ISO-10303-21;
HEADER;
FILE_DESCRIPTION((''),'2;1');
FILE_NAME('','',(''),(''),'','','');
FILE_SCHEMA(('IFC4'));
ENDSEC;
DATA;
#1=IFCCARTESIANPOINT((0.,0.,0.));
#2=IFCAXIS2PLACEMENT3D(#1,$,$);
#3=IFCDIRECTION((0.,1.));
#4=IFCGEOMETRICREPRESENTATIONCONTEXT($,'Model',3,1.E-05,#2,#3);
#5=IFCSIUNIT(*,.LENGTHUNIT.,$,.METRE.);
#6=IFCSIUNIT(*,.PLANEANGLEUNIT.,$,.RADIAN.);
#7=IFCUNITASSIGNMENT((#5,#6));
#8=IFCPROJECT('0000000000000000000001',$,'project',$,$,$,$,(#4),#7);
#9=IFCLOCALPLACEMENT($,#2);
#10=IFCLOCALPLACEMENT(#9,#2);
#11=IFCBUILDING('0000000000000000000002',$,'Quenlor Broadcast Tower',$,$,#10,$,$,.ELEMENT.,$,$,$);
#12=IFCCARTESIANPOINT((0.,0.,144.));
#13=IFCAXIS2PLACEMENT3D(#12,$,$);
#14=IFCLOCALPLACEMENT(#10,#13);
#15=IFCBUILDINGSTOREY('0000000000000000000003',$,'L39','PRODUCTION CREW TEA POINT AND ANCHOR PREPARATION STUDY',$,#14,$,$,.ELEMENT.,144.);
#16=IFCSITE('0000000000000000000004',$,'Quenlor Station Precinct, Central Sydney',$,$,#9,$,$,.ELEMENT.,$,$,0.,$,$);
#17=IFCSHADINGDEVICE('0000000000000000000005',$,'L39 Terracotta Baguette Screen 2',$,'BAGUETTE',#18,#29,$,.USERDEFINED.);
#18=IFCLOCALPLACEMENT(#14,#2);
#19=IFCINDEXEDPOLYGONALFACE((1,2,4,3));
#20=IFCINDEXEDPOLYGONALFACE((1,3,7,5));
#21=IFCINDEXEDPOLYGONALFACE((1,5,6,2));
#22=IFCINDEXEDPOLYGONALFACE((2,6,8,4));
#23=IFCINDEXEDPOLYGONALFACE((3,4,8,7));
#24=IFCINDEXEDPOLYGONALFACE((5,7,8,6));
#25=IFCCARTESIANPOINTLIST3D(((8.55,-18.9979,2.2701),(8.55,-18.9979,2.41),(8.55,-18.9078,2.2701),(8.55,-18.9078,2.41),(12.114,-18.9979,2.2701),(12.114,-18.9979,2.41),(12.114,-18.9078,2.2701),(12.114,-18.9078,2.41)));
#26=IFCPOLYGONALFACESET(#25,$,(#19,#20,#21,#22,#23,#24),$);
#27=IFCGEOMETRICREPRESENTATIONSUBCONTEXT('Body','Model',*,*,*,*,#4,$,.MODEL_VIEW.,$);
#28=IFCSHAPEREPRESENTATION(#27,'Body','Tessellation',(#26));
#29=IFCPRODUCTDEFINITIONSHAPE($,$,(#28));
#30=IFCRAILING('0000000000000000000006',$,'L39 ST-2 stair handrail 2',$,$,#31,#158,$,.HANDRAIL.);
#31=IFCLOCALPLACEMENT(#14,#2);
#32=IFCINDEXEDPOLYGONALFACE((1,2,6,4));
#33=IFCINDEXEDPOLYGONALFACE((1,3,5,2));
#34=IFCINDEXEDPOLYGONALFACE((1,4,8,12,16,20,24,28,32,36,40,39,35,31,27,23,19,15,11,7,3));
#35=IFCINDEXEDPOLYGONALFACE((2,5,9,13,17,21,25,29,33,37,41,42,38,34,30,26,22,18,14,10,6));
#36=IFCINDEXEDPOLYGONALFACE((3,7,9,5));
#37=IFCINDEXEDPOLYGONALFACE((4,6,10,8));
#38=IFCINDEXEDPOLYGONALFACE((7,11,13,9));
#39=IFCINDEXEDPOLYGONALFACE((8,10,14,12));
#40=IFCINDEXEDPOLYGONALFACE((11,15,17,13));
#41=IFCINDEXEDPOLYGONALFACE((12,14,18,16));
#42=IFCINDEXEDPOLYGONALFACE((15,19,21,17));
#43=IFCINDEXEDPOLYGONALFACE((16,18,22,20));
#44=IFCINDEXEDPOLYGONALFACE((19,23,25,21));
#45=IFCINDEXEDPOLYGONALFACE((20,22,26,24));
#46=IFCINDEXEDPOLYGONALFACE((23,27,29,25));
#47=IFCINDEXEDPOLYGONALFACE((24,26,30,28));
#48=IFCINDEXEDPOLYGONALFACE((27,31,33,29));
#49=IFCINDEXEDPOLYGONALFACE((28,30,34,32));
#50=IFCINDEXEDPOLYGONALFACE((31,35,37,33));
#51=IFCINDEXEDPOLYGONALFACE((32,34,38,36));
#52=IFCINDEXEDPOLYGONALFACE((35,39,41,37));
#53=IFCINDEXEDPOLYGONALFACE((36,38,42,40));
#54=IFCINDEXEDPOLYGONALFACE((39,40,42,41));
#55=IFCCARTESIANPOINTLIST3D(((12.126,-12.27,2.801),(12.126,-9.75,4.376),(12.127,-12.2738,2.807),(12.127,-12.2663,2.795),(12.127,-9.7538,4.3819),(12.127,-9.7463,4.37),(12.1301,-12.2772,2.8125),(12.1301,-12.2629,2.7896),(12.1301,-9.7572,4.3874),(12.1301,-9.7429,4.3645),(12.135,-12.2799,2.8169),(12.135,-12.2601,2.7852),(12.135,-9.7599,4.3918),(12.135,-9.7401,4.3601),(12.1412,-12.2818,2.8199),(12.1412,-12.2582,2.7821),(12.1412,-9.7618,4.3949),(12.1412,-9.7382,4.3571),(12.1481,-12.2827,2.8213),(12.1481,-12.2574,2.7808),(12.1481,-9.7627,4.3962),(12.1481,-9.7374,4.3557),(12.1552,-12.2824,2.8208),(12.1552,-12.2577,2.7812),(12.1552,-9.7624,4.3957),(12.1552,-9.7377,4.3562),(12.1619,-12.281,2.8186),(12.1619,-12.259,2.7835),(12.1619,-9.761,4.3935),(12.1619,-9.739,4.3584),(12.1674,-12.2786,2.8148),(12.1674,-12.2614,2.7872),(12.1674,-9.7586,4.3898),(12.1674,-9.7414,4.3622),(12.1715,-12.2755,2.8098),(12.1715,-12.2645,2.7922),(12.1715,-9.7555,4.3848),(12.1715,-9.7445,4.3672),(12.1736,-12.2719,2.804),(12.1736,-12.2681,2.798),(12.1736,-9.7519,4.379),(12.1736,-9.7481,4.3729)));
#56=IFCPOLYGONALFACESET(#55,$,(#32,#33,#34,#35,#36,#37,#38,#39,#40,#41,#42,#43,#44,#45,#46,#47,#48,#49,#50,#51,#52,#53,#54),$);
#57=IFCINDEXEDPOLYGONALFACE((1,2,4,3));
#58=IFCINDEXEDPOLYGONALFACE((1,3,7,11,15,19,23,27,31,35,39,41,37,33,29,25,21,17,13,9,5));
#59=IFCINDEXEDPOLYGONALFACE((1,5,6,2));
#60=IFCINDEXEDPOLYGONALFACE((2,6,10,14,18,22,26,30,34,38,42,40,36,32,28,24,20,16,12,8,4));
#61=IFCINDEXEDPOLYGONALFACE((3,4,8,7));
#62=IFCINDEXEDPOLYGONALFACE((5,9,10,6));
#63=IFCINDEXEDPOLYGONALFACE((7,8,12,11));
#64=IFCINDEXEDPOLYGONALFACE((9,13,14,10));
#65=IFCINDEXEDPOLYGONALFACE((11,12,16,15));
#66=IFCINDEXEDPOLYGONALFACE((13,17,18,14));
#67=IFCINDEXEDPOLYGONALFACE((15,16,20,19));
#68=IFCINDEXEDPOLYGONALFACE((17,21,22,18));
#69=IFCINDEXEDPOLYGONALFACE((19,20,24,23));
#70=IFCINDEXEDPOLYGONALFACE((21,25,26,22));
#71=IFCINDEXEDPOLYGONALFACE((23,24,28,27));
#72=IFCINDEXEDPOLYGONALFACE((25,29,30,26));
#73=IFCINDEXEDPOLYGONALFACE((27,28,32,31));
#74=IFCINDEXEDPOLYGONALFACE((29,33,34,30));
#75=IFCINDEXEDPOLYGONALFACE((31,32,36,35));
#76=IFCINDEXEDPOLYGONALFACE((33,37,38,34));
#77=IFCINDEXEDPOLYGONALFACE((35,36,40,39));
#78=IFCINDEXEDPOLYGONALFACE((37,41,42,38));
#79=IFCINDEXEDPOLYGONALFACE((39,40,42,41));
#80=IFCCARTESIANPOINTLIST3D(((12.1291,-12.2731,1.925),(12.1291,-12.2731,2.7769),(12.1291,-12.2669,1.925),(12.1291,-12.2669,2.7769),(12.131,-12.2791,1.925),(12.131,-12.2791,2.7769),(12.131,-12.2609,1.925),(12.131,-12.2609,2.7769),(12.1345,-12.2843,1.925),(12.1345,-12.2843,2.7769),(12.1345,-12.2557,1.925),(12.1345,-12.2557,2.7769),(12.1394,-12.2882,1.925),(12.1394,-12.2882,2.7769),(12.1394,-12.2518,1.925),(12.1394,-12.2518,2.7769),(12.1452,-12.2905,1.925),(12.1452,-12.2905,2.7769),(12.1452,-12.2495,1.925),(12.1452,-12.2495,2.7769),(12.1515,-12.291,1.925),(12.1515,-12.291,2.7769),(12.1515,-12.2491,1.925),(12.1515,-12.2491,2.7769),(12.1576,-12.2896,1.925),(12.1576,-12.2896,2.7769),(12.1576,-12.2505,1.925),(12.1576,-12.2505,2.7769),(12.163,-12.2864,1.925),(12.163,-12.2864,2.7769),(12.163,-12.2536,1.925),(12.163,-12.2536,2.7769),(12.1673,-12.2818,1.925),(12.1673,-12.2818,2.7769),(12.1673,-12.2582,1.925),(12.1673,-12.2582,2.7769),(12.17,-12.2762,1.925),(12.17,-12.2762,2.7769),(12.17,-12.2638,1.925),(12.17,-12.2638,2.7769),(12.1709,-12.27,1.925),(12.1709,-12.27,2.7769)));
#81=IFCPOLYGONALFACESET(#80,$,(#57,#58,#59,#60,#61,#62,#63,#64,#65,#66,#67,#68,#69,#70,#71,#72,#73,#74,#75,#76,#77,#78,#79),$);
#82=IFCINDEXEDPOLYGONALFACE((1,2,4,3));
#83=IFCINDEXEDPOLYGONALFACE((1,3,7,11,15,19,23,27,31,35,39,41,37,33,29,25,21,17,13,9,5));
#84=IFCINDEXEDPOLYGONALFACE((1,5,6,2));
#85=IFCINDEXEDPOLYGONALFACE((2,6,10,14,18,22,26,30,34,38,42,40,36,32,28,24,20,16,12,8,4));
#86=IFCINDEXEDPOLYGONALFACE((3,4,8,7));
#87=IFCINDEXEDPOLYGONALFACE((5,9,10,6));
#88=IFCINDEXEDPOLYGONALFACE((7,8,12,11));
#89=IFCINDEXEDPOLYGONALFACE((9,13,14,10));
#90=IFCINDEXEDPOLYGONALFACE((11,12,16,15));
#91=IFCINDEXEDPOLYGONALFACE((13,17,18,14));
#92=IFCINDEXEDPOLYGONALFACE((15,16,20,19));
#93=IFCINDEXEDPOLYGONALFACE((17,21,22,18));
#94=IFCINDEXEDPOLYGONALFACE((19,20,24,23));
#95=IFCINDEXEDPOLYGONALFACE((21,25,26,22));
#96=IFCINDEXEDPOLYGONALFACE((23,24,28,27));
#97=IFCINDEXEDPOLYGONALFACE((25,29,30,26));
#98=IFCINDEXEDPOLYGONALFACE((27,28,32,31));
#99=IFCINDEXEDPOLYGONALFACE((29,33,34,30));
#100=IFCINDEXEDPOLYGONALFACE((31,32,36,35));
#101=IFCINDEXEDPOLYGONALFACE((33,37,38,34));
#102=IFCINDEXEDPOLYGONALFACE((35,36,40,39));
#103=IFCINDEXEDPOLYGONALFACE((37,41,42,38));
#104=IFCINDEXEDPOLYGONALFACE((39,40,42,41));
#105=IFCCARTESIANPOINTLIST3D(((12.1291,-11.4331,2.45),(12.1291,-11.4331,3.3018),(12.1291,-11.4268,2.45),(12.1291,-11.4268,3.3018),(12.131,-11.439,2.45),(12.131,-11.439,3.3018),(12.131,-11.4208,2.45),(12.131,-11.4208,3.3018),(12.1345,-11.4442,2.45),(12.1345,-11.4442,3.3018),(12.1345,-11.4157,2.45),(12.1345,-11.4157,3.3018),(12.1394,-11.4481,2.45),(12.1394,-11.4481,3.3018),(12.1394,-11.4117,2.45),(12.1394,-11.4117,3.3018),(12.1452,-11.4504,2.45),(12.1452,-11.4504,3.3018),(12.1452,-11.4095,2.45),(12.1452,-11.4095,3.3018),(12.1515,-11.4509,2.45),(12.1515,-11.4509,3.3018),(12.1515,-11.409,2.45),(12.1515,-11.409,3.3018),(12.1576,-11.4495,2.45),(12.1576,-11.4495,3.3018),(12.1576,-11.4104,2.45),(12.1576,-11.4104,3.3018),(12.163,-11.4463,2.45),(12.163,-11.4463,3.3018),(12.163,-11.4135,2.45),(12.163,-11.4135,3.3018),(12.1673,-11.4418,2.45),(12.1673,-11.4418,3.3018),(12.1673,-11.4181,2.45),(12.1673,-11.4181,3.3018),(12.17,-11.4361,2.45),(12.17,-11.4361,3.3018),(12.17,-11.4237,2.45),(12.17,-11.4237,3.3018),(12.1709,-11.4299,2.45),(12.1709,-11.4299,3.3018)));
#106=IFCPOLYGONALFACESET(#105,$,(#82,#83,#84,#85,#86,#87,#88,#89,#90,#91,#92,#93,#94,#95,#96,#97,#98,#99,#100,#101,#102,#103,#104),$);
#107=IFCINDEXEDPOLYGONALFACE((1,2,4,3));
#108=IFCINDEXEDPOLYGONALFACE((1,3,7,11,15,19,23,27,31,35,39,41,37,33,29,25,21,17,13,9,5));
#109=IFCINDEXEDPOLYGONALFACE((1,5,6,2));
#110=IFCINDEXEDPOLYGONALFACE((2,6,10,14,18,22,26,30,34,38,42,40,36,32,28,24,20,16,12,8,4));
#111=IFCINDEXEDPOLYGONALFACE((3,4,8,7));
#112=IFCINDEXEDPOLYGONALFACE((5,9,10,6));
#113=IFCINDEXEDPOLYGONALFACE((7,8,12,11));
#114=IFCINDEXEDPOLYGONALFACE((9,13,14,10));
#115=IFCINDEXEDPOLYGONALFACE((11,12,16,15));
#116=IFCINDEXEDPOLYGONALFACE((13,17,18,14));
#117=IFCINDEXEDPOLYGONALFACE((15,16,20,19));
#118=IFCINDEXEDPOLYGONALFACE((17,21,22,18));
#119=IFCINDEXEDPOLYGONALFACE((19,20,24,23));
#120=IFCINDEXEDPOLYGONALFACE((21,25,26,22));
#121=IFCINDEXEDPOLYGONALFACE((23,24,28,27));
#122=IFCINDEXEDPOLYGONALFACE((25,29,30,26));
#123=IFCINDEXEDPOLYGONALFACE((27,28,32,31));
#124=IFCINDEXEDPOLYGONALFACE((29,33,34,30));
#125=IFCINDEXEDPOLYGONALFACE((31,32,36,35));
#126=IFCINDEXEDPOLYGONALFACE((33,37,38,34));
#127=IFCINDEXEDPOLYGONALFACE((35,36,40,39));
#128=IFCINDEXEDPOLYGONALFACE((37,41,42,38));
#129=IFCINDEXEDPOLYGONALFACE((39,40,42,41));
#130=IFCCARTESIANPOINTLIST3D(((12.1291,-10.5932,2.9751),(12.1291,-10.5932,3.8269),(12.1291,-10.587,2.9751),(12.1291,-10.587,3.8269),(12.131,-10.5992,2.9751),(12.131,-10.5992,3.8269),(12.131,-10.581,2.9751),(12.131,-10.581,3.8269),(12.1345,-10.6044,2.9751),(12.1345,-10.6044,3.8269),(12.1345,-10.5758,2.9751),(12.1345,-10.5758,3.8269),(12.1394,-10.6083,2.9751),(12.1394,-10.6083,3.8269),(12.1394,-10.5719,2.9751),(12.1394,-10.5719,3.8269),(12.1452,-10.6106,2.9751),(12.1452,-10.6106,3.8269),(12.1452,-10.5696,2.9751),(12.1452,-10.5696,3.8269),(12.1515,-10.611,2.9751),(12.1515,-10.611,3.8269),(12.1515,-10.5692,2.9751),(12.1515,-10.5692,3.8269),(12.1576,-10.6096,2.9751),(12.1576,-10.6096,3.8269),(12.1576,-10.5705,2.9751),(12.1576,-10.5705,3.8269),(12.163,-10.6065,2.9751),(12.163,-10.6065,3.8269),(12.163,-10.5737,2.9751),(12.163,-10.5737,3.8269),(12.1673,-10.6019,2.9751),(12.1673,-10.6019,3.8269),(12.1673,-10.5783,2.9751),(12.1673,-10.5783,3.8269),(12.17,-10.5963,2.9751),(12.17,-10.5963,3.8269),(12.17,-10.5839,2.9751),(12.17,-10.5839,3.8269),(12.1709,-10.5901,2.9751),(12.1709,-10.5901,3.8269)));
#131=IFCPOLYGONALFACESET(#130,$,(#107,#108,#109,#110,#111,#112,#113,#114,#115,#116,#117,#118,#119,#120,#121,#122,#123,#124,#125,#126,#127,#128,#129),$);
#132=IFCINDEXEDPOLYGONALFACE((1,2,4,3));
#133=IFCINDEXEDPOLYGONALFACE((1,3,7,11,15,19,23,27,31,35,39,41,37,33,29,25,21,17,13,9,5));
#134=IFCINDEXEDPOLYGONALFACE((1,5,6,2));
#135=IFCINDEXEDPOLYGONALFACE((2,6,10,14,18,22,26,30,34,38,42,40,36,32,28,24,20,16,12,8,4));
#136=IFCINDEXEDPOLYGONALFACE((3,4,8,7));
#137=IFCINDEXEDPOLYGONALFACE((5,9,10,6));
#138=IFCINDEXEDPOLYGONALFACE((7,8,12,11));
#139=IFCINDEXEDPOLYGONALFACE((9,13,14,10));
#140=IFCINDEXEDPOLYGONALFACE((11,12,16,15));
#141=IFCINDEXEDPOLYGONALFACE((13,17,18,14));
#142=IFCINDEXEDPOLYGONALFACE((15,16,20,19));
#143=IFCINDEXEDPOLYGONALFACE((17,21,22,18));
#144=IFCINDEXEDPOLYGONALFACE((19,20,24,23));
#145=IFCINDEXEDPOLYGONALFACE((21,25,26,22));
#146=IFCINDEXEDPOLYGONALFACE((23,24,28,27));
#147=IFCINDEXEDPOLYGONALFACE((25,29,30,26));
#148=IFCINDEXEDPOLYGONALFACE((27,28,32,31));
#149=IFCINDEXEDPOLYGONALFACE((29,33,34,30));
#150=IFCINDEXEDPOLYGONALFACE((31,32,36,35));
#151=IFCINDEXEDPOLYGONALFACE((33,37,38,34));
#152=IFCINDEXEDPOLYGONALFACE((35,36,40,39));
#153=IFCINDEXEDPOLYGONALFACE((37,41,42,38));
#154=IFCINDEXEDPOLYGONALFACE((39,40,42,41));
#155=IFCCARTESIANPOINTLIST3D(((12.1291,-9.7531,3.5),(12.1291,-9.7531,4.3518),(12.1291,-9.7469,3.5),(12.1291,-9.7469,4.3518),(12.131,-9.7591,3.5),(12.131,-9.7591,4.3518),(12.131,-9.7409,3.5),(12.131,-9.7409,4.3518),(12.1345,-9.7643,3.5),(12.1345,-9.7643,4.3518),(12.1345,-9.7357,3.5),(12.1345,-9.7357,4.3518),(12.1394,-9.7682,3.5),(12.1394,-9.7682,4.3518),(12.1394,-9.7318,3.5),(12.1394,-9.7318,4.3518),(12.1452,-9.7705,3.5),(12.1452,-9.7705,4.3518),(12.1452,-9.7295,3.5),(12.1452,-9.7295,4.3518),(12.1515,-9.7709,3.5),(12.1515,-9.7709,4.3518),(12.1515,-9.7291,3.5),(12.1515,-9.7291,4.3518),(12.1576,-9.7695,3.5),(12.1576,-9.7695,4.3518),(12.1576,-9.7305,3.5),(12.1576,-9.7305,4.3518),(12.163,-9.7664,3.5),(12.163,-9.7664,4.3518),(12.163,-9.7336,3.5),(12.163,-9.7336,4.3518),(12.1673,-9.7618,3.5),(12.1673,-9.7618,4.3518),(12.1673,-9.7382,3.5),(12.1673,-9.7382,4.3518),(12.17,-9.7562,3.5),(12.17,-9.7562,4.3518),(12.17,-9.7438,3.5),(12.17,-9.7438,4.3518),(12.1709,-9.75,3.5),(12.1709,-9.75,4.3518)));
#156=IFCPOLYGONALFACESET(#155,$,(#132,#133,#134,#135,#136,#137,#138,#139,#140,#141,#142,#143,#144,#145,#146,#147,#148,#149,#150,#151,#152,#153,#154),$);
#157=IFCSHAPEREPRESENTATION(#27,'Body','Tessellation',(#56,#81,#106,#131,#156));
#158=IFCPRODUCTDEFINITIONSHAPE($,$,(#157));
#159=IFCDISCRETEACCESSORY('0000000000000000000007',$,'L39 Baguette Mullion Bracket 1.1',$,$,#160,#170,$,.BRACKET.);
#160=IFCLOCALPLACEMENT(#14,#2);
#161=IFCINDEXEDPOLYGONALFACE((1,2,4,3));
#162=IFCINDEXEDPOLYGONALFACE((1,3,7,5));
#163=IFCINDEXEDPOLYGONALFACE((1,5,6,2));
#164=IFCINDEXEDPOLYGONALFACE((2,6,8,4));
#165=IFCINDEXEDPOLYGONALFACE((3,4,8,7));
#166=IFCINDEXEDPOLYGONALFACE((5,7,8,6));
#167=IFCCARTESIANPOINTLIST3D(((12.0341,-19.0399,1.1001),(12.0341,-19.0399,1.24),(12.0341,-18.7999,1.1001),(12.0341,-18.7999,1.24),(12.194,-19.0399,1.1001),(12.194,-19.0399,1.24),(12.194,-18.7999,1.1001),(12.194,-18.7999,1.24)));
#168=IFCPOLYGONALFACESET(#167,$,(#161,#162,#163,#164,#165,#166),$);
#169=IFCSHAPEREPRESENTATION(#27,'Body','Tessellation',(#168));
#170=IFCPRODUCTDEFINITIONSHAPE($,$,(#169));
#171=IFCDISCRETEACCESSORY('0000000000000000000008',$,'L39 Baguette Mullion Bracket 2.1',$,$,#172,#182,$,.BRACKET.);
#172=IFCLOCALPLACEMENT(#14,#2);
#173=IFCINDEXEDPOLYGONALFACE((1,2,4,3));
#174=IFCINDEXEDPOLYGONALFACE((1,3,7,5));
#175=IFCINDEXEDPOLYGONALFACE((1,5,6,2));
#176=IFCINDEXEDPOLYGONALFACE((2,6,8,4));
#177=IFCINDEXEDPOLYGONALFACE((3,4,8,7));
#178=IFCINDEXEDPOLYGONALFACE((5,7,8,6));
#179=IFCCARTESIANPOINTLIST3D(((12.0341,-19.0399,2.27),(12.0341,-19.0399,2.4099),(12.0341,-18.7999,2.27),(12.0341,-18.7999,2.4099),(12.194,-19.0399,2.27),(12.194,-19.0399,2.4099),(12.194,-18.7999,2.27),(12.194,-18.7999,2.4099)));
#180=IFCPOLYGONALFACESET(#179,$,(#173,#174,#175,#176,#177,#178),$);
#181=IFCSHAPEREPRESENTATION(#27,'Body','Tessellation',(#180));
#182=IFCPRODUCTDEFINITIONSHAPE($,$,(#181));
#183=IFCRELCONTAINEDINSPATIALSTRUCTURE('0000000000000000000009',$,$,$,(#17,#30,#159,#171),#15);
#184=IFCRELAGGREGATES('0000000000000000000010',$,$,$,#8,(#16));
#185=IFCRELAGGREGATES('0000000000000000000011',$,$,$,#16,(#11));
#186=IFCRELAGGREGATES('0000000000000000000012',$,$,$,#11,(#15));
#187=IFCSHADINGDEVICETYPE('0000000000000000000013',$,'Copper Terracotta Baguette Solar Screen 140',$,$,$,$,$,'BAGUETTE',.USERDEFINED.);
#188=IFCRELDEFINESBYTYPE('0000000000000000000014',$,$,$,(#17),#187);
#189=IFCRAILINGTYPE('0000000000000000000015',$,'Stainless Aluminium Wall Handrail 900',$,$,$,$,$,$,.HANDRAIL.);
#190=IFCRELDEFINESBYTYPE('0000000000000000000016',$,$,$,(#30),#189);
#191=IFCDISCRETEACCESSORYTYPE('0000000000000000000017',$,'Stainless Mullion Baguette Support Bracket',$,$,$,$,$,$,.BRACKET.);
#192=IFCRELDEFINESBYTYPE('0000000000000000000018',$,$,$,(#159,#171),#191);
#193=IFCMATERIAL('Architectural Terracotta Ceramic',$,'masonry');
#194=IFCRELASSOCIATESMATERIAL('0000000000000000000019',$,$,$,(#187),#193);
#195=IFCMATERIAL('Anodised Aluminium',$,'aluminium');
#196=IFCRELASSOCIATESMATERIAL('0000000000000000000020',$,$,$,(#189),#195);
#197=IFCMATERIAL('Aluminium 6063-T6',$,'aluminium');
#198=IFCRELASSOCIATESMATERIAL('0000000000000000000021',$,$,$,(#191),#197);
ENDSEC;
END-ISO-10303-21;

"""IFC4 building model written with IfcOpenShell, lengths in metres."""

from ifc_helpers import new_model, si_unit, direction, frame, origin, origin_2d, place, context, subcontext, project, spatial, rectangle, circle, extrude, material, material_profile, profile_set, type_object, element, save


model = new_model("IFC4")

# Units and contexts
model_context = context("Model", 3, precision=1e-05, world=origin(), true_north=direction((0.0, 1.0)))
body_context = subcontext(model_context, "Body", "Model", "MODEL_VIEW")
ifc_project = project(units=[si_unit("LENGTHUNIT", "METRE"), si_unit("PLANEANGLEUNIT", "RADIAN")], contexts=[model_context])

# Site, building, storey
site_placement = place(None, origin())
site = spatial("IfcSite", under=ifc_project, at=site_placement, Name="Quenlor Station Precinct, Central Sydney", CompositionType="ELEMENT", RefElevation=0.0)
building_placement = place(site_placement, origin())
building = spatial("IfcBuilding", under=site, at=building_placement, Name="Quenlor Broadcast Tower", CompositionType="ELEMENT")
storey_placement = place(building_placement, frame((0.0, 0.0, 144.0)))
storey = spatial("IfcBuildingStorey", under=building, at=storey_placement, Name="L39", Description="PRODUCTION CREW TEA POINT AND ANCHOR PREPARATION STUDY", CompositionType="ELEMENT", Elevation=144.0)

# Shading device
ifc_material_1 = material(Name="Architectural Terracotta Ceramic", Category="masonry")
ifc_material_profile_1 = material_profile(ifc_material_1, rectangle(XDim=0.0901, YDim=0.1399, at=origin_2d()))
ifc_profile_set_1 = profile_set([ifc_material_profile_1], Name="Architectural Terracotta Ceramic BAG90x140")
shading_device_type = type_object("IfcShadingDeviceType", Name="Copper Terracotta Baguette Solar Screen 140", ElementType="BAGUETTE", PredefinedType="USERDEFINED", material=ifc_profile_set_1)
for number, where, z_axis, x_axis, name in (
    (1, (12.114, -18.9529, 2.3401), (-1.0, 0.0, 0.0), (0.0, -1.0, 0.0), "L39 Terracotta Baguette Screen 2"),
):
    element("IfcShadingDevice", number, at=place(storey_placement, frame(where, z_axis=z_axis, x_axis=x_axis)), inside=storey, type_object=shading_device_type, Name=name, ObjectType="BAGUETTE", PredefinedType="USERDEFINED", context=body_context, shape_type="SweptSolid", body=[
        extrude(rectangle(XDim=0.0901, YDim=0.1399, at=origin_2d()), origin(), (0.0, 0.0, 1.0), 3.564),
    ])

# Railing
ifc_material_2 = material(Name="Anodised Aluminium", Category="aluminium")
railing_type = type_object("IfcRailingType", Name="Stainless Aluminium Wall Handrail 900", PredefinedType="HANDRAIL", material=ifc_material_2)
railing_placement = place(storey_placement, frame((12.1499, -12.27, 1.925)))
element("IfcRailing", 2, at=railing_placement, inside=storey, type_object=railing_type, Name="L39 ST-2 stair handrail 2", PredefinedType="HANDRAIL", context=body_context, shape_type="SweptSolid", body=[
    extrude(circle(Radius=0.0239, at=origin_2d()), frame((0.0, 0.0, 0.876), z_axis=(0.0, 0.848008, 0.529984), x_axis=(-1.0, 0.0, 0.0)), (0.0, 0.0, 1.0), 2.9717),
    extrude(circle(Radius=0.021, at=origin_2d()), origin(), (0.0, 0.0, 1.0), 0.8518),
    extrude(circle(Radius=0.021, at=origin_2d()), frame((0.0, 0.8401, 0.5249)), (0.0, 0.0, 1.0), 0.8518),
    extrude(circle(Radius=0.021, at=origin_2d()), frame((0.0, 1.6799, 1.05)), (0.0, 0.0, 1.0), 0.8518),
    extrude(circle(Radius=0.021, at=origin_2d()), frame((0.0, 2.52, 1.575)), (0.0, 0.0, 1.0), 0.8518),
])

# Discrete accessories
ifc_material_3 = material(Name="Aluminium 6063-T6", Category="aluminium")
discrete_accessory_type = type_object("IfcDiscreteAccessoryType", Name="Stainless Mullion Baguette Support Bracket", PredefinedType="BRACKET", material=ifc_material_3)
for number, where, z_axis, x_axis, name in (
    (3, (12.114, -18.9199, 1.1001), (0.0, 0.0, 1.0), (-1.0, 0.0, 0.0), "L39 Baguette Mullion Bracket 1.1"),
    (4, (12.114, -18.9199, 2.27), (0.0, 0.0, 1.0), (-1.0, 0.0, 0.0), "L39 Baguette Mullion Bracket 2.1"),
):
    element("IfcDiscreteAccessory", number, at=place(storey_placement, frame(where, z_axis=z_axis, x_axis=x_axis)), inside=storey, type_object=discrete_accessory_type, Name=name, PredefinedType="BRACKET", context=body_context, shape_type="SweptSolid", body=[
        extrude(rectangle(XDim=0.1599, YDim=0.24, at=origin_2d()), origin(), (0.0, 0.0, 1.0), 0.1399),
    ])

save(model, "model.ifc")
